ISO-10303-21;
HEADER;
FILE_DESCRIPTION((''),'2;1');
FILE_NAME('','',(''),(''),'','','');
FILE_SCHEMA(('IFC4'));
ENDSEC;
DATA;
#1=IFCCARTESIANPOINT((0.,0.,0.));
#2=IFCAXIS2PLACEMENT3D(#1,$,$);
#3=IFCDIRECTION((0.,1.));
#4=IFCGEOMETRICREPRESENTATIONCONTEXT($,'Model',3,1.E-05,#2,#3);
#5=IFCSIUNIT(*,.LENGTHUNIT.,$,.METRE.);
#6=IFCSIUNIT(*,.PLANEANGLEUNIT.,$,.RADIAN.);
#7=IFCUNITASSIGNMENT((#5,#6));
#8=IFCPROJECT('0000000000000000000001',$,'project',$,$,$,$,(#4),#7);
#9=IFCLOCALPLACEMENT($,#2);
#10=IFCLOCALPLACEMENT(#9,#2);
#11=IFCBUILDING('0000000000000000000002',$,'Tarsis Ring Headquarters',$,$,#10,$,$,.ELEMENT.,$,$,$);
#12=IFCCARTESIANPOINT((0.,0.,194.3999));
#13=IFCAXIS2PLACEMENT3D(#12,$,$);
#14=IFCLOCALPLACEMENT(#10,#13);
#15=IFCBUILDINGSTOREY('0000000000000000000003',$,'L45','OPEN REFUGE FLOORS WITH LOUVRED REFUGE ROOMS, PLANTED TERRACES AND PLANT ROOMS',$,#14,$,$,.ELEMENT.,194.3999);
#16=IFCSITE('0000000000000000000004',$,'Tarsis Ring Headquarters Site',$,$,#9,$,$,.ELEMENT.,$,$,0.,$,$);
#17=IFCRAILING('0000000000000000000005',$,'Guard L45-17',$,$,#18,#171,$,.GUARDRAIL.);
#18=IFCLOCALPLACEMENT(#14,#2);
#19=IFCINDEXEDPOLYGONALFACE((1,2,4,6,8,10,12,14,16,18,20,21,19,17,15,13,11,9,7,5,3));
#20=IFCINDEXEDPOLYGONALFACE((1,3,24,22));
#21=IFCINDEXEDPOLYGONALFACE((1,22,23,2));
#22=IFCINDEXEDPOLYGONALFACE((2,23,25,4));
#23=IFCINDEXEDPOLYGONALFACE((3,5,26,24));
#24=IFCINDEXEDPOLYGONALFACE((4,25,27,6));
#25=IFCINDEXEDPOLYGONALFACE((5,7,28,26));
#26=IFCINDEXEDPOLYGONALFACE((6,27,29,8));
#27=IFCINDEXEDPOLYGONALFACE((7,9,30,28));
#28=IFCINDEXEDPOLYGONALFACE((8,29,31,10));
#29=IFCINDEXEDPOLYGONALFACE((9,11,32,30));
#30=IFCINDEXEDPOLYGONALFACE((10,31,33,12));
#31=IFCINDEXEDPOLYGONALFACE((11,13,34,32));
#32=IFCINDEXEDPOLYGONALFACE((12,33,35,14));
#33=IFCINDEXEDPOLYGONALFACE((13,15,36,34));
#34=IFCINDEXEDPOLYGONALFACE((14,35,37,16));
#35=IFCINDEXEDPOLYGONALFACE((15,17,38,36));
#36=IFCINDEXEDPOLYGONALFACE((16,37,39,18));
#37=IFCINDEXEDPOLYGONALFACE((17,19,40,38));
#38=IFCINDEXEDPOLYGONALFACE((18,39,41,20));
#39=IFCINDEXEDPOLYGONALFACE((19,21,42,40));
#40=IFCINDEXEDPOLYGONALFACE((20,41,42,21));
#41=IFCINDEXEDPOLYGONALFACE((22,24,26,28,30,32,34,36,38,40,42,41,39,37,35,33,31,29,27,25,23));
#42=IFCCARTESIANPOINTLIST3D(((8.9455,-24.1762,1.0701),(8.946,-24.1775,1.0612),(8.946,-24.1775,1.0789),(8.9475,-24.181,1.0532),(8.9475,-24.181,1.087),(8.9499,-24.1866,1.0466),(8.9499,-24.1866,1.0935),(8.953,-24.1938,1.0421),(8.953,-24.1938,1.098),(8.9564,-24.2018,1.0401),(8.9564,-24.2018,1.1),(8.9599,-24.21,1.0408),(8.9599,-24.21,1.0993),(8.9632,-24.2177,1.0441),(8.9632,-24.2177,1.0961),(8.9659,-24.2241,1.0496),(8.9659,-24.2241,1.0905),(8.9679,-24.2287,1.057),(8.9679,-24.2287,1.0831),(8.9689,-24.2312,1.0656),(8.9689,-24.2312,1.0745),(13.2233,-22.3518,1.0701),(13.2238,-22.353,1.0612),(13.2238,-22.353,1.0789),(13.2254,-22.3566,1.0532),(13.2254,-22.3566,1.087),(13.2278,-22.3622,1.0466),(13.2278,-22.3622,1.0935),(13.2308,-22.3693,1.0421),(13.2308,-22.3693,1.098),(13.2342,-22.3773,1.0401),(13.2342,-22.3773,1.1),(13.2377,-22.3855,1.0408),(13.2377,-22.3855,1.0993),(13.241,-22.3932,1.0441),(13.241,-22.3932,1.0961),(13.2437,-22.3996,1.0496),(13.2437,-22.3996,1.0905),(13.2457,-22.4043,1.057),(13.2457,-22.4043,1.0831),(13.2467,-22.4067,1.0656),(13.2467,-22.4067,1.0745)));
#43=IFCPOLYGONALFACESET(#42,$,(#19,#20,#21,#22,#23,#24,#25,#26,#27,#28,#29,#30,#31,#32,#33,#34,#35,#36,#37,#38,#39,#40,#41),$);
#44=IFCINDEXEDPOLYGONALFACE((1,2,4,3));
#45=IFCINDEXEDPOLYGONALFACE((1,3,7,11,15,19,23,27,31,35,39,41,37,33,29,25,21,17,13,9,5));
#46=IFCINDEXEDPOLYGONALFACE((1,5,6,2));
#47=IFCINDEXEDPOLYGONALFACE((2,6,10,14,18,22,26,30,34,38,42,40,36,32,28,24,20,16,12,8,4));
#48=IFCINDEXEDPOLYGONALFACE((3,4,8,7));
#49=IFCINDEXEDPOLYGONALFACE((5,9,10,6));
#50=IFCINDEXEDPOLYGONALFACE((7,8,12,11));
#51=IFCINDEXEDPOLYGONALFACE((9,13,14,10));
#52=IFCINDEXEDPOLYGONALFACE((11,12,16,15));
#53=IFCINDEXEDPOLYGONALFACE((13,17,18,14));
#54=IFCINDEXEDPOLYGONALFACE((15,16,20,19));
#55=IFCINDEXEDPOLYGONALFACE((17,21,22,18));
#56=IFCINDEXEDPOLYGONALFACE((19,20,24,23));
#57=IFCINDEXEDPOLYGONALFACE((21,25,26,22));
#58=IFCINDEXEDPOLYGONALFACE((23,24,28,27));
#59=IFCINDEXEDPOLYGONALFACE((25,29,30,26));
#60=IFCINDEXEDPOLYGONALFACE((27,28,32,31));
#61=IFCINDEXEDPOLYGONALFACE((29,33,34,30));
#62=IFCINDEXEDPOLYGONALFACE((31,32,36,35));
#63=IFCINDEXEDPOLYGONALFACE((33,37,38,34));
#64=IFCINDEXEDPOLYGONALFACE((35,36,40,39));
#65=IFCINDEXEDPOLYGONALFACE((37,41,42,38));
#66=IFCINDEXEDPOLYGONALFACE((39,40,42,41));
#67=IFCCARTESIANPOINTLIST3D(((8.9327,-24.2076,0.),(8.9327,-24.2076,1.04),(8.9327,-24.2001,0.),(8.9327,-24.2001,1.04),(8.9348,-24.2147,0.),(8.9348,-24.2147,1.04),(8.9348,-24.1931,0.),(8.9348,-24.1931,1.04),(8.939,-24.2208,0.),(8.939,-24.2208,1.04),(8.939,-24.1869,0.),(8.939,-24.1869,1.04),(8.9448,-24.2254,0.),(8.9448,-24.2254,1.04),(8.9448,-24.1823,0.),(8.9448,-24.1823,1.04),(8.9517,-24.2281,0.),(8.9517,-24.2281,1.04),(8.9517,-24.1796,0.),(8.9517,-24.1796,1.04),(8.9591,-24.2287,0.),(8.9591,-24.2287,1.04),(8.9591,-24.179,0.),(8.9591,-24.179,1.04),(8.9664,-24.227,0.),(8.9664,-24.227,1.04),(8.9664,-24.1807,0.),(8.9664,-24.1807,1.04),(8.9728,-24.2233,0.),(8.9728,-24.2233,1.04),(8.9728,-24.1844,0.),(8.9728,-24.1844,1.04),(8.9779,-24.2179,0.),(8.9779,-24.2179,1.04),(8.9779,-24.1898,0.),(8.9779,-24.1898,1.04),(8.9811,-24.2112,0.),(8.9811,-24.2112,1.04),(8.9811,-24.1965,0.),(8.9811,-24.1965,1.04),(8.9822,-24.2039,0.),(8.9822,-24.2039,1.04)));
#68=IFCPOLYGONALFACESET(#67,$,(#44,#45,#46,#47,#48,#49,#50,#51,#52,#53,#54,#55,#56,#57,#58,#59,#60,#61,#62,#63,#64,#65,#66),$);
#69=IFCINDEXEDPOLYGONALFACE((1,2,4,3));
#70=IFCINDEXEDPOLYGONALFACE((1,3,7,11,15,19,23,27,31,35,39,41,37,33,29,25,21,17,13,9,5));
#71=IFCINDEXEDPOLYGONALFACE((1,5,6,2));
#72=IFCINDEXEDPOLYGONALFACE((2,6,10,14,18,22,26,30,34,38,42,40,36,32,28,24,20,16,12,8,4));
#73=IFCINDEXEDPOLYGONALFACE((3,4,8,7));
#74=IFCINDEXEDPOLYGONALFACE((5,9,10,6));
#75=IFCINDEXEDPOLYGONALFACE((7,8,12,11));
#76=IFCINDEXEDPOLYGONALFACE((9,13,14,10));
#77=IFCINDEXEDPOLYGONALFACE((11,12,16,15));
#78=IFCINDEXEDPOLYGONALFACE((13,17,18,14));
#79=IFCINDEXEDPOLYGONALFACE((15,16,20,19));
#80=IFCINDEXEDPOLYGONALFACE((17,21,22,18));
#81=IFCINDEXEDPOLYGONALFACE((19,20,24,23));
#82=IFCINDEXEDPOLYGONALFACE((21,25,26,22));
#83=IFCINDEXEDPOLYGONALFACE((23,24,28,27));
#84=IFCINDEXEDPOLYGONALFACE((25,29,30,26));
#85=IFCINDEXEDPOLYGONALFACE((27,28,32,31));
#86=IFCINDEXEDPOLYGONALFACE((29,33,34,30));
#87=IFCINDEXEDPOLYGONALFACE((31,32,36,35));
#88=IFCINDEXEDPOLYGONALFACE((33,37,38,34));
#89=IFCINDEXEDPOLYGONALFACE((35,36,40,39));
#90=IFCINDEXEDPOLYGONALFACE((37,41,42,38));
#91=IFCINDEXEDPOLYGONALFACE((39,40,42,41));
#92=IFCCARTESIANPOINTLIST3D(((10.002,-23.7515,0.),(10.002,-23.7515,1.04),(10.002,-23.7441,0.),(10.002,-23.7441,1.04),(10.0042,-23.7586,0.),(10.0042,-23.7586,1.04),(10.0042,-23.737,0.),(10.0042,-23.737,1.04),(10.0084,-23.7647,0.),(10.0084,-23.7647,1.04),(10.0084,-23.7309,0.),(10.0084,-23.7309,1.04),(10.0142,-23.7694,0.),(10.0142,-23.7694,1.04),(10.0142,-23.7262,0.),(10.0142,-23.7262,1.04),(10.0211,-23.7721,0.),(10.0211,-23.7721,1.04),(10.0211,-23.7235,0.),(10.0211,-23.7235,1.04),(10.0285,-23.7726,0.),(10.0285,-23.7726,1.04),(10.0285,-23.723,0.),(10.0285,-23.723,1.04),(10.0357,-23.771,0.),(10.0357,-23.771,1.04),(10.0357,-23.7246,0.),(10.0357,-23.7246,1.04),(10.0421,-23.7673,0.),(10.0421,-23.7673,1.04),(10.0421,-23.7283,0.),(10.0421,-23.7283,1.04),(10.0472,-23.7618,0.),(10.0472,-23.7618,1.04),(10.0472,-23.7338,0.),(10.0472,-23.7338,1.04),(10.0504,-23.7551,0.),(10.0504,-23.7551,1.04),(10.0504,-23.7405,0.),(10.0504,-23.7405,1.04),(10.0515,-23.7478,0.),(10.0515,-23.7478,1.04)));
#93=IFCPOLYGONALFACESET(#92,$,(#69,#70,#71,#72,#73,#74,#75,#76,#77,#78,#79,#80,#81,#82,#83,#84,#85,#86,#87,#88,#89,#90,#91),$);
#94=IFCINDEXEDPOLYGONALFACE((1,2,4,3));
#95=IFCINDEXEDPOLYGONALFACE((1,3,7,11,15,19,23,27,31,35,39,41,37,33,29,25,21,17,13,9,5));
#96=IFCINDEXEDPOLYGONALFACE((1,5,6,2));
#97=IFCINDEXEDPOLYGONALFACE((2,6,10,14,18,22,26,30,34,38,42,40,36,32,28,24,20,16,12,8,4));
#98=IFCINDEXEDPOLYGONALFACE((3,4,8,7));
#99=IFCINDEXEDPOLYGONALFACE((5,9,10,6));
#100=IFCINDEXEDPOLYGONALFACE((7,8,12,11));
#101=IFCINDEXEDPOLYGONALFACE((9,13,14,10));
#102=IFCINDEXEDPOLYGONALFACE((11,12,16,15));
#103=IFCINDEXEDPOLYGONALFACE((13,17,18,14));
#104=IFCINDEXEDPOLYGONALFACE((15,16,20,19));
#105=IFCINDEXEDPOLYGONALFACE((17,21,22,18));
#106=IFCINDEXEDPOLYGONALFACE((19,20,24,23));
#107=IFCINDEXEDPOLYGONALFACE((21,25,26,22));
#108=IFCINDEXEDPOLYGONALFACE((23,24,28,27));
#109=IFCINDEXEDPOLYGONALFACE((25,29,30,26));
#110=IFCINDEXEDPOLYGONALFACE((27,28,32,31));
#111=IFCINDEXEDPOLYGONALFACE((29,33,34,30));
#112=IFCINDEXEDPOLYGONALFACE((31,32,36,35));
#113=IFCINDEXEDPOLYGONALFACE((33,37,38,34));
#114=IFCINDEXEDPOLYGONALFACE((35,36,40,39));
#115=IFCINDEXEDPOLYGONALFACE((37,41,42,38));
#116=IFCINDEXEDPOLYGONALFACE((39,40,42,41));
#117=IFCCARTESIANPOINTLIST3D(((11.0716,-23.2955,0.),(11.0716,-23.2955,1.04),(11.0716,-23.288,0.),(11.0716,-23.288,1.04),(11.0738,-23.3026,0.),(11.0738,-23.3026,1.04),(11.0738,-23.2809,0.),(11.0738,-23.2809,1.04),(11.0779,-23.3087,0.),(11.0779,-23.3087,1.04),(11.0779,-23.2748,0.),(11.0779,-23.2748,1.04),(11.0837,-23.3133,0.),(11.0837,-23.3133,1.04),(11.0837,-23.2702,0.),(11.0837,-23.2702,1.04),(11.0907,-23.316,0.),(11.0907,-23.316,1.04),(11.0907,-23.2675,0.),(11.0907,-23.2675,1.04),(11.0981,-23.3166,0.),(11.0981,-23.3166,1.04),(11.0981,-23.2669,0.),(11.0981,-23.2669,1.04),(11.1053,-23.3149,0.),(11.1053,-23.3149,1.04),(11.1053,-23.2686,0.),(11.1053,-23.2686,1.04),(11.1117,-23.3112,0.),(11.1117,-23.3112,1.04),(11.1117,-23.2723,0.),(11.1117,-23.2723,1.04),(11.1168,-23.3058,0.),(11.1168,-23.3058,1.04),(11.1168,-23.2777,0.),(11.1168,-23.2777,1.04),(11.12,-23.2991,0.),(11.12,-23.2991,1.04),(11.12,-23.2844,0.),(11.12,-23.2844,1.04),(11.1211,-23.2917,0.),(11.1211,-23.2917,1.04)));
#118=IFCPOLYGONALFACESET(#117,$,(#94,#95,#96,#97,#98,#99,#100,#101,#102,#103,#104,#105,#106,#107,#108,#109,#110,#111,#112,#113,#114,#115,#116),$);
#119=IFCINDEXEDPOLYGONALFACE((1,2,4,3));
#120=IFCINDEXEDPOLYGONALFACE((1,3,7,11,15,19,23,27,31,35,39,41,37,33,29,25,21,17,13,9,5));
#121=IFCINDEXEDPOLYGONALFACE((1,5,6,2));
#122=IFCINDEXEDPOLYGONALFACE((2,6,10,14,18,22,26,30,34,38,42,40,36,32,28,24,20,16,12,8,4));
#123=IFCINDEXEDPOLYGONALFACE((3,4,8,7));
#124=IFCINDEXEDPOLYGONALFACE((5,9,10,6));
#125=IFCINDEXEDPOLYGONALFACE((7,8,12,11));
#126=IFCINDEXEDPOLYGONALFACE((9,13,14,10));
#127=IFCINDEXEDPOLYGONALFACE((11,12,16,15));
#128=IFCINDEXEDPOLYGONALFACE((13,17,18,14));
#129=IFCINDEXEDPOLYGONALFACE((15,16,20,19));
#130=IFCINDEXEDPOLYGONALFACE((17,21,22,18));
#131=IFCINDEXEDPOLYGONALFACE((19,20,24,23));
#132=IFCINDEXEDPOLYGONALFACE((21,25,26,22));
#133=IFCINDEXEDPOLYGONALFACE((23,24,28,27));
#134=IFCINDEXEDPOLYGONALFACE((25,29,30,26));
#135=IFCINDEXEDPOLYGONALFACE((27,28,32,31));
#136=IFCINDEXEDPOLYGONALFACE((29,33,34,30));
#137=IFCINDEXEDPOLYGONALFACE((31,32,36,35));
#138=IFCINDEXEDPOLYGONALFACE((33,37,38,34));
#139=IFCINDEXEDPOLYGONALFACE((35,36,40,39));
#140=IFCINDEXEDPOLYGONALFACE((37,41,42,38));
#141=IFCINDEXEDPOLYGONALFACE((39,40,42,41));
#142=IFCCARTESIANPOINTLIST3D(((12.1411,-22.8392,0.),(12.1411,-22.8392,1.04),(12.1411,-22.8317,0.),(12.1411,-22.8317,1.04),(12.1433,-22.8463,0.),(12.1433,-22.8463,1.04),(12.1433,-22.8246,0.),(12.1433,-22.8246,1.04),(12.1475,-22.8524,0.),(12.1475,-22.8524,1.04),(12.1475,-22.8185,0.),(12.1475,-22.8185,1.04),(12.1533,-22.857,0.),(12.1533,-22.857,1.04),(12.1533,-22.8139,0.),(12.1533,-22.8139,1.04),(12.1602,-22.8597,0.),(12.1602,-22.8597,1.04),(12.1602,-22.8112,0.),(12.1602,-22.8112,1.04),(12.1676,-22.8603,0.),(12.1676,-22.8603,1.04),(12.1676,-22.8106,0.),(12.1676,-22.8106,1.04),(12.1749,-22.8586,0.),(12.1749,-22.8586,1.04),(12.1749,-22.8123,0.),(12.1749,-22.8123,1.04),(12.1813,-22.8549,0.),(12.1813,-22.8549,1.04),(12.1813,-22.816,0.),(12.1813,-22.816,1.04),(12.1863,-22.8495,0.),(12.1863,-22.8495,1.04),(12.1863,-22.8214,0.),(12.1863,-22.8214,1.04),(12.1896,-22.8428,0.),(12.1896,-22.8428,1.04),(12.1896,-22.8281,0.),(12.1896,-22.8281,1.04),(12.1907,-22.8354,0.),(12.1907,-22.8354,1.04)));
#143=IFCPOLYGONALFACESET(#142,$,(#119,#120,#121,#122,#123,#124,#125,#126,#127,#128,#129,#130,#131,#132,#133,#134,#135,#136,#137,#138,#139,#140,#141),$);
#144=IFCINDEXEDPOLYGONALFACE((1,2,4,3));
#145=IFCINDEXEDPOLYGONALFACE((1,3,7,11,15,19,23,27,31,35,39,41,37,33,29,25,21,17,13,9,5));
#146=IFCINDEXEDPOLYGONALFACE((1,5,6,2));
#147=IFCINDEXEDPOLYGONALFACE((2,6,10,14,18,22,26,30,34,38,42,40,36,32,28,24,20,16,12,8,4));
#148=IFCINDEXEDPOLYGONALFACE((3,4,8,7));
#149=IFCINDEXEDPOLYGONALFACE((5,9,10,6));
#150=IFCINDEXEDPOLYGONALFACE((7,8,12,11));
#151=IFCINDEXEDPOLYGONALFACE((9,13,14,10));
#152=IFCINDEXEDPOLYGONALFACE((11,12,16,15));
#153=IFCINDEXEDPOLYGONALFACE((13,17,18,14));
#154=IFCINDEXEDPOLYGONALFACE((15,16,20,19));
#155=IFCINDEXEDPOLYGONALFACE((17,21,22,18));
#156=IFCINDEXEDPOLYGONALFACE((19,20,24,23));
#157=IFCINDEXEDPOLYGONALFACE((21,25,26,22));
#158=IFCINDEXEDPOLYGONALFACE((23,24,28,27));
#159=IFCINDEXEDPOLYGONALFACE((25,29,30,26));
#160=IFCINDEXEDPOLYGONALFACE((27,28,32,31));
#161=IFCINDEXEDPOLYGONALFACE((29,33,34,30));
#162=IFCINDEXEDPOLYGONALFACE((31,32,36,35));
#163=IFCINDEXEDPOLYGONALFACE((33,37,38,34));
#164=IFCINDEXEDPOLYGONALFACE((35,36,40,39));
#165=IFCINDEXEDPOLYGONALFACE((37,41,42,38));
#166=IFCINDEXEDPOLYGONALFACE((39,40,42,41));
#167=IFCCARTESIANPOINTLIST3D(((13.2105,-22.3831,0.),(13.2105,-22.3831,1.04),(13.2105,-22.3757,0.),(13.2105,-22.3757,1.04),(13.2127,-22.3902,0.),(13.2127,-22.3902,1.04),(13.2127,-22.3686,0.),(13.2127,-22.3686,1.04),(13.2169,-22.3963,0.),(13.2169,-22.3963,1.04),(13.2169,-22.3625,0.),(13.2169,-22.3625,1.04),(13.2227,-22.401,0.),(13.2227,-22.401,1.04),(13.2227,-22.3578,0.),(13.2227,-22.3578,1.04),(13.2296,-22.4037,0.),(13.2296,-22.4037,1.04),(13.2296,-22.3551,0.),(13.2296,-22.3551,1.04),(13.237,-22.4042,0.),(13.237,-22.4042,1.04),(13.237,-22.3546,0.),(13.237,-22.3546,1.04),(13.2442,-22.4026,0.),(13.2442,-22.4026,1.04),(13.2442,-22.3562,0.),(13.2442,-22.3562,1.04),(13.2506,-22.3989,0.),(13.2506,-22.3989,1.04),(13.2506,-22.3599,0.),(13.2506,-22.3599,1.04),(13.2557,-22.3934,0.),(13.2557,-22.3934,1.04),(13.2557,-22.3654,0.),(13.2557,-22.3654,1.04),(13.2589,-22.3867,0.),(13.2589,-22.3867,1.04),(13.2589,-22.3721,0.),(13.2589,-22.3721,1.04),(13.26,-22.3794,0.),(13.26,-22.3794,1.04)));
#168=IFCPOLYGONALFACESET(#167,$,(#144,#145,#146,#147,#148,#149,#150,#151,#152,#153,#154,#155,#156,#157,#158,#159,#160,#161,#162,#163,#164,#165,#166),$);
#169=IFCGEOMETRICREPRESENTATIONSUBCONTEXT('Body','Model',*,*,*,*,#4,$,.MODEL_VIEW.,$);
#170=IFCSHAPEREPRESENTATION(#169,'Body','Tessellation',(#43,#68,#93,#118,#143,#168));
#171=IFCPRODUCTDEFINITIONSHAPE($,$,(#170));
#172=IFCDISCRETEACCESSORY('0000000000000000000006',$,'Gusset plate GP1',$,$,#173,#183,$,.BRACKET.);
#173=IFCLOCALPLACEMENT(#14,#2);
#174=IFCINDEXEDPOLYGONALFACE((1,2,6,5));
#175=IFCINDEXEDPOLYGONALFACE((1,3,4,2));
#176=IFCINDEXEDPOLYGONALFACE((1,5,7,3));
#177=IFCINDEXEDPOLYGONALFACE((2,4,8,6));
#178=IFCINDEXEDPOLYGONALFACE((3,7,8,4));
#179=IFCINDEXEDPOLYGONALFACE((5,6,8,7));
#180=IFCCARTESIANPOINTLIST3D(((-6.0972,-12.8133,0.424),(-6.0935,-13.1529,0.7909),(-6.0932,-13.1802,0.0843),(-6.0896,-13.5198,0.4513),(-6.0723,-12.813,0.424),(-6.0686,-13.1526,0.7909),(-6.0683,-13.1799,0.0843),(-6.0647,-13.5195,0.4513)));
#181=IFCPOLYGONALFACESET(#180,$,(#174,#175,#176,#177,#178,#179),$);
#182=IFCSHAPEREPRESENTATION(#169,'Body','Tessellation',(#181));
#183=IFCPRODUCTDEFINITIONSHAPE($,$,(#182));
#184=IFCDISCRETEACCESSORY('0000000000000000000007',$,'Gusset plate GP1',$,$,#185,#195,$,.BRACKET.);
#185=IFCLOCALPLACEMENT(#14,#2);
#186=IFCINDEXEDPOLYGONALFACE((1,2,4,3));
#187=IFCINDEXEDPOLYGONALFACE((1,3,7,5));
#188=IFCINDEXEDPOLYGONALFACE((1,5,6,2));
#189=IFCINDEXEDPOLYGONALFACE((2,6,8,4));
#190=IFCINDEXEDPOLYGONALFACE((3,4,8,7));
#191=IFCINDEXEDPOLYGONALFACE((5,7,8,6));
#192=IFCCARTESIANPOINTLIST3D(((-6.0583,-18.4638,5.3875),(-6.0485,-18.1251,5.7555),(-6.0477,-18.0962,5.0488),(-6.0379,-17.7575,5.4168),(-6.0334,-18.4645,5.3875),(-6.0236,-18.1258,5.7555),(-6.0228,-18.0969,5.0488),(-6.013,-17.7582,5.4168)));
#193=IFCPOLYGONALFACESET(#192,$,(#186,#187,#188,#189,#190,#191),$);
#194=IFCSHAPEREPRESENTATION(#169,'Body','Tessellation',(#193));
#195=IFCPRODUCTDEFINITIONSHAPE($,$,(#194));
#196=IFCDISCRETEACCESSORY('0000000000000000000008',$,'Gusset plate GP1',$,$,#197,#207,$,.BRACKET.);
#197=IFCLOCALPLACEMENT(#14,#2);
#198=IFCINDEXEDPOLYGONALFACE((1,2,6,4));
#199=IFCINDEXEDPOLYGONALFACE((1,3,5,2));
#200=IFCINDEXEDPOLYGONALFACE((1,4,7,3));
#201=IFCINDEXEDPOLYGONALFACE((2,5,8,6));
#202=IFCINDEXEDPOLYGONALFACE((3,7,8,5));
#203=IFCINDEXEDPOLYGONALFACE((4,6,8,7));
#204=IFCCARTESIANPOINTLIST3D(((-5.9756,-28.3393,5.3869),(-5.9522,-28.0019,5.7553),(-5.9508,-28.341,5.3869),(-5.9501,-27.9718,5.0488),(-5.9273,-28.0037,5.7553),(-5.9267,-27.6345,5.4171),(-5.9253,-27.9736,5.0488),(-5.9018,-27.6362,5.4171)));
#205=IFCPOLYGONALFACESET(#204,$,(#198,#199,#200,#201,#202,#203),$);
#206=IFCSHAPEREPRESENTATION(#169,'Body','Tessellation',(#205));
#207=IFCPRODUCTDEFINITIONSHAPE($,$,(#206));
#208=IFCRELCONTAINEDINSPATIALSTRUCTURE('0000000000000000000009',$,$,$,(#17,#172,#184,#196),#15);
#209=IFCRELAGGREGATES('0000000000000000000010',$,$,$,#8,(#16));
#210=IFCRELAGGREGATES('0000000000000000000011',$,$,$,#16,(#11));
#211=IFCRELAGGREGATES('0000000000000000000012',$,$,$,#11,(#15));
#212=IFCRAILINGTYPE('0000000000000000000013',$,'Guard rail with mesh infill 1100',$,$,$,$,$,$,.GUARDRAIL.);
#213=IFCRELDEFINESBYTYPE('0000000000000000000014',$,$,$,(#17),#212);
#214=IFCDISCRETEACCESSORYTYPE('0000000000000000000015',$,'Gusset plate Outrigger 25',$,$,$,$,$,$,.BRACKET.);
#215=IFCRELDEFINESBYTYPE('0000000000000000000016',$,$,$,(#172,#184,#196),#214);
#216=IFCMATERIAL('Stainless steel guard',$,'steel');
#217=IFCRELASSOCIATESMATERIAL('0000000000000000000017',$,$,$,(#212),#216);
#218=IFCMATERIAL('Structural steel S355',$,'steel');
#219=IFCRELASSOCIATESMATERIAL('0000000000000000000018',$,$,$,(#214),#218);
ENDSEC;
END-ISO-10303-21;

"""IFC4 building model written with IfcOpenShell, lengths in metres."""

from ifc_helpers import new_model, si_unit, direction, frame, origin, origin_2d, place, context, subcontext, project, spatial, rectangle, circle, extrude, material, material_profile, profile_set, type_object, element, save


model = new_model("IFC4")

# Units and contexts
model_context = context("Model", 3, precision=1e-05, world=origin(), true_north=direction((0.0, 1.0)))
body_context = subcontext(model_context, "Body", "Model", "MODEL_VIEW")
ifc_project = project(units=[si_unit("LENGTHUNIT", "METRE"), si_unit("PLANEANGLEUNIT", "RADIAN")], contexts=[model_context])

# Site, building, storey
site_placement = place(None, origin())
site = spatial("IfcSite", under=ifc_project, at=site_placement, Name="Tarsis Ring Headquarters Site", CompositionType="ELEMENT", RefElevation=0.0)
building_placement = place(site_placement, origin())
building = spatial("IfcBuilding", under=site, at=building_placement, Name="Tarsis Ring Headquarters", CompositionType="ELEMENT")
storey_placement = place(building_placement, frame((0.0, 0.0, 194.3999)))
storey = spatial("IfcBuildingStorey", under=building, at=storey_placement, Name="L45", Description="OPEN REFUGE FLOORS WITH LOUVRED REFUGE ROOMS, PLANTED TERRACES AND PLANT ROOMS", CompositionType="ELEMENT", Elevation=194.3999)

# Shared definitions
ifc_material_1 = material(Name="Structural steel S355", Category="steel")

# Railing
ifc_material_2 = material(Name="Stainless steel guard", Category="steel")
railing_type = type_object("IfcRailingType", Name="Guard rail with mesh infill 1100", PredefinedType="GUARDRAIL", material=ifc_material_2)
railing_1_placement = place(storey_placement, frame((8.9573, -24.2039, 0.0)))
element("IfcRailing", 1, at=railing_1_placement, inside=storey, type_object=railing_type, Name="Guard L45-17", PredefinedType="GUARDRAIL", context=body_context, shape_type="SweptSolid", body=[
    extrude(circle(Radius=0.03, at=origin_2d()), frame((0.0, 0.0, 1.0701), z_axis=(0.919836, 0.392303, 0.0), x_axis=(-0.392303, 0.919836, 0.0)), (0.0, 0.0, 1.0), 4.6506),
    extrude(circle(Radius=0.0249, at=origin_2d()), origin(), (0.0, 0.0, 1.0), 1.04),
    extrude(circle(Radius=0.0249, at=origin_2d()), frame((1.0693, 0.4561, 0.0)), (0.0, 0.0, 1.0), 1.04),
    extrude(circle(Radius=0.0249, at=origin_2d()), frame((2.1389, 0.9121, 0.0)), (0.0, 0.0, 1.0), 1.04),
    extrude(circle(Radius=0.0249, at=origin_2d()), frame((3.2085, 1.3684, 0.0)), (0.0, 0.0, 1.0), 1.04),
    extrude(circle(Radius=0.0249, at=origin_2d()), frame((4.2778, 1.8245, 0.0)), (0.0, 0.0, 1.0), 1.04),
])

# Discrete accessories
ifc_material_profile_1 = material_profile(ifc_material_1, rectangle(XDim=0.0249, YDim=0.5, at=origin_2d()), Name="PL 25x500")
ifc_profile_set_1 = profile_set([ifc_material_profile_1], Name="Structural steel S355")
discrete_accessory_type_1 = type_object("IfcDiscreteAccessoryType", Name="Gusset plate Outrigger 25", PredefinedType="BRACKET", material=ifc_profile_set_1)
discrete_accessory_1_placement = place(storey_placement, frame((-6.0828, -12.9966, 0.2542), z_axis=(0.007324, -0.679215, 0.733903), x_axis=(0.999942, 0.010783, 0.0)))
element("IfcDiscreteAccessory", 2, at=discrete_accessory_1_placement, inside=storey, type_object=discrete_accessory_type_1, Name="Gusset plate GP1", PredefinedType="BRACKET", context=body_context, shape_type="SweptSolid", body=[
    extrude(rectangle(XDim=0.0249, YDim=0.5, at=origin_2d()), origin(), (0.0, 0.0, 1.0), 0.5),
])
discrete_accessory_2_placement = place(storey_placement, frame((-6.0308, -17.9417, 5.5862), z_axis=(-0.019526, -0.677075, -0.735654), x_axis=(0.999584, -0.028827, 0.0)))
element("IfcDiscreteAccessory", 3, at=discrete_accessory_2_placement, inside=storey, type_object=discrete_accessory_type_1, Name="Gusset plate GP1", PredefinedType="BRACKET", context=body_context, shape_type="SweptSolid", body=[
    extrude(rectangle(XDim=0.0249, YDim=0.5, at=origin_2d()), origin(), (0.0, 0.0, 1.0), 0.5002),
])
discrete_accessory_3_placement = place(storey_placement, frame((-5.927, -27.8191, 5.5862), z_axis=(-0.046864, -0.674651, -0.736648), x_axis=(0.997596, -0.069298, 0.0)))
element("IfcDiscreteAccessory", 4, at=discrete_accessory_3_placement, inside=storey, type_object=discrete_accessory_type_1, Name="Gusset plate GP1", PredefinedType="BRACKET", context=body_context, shape_type="SweptSolid", body=[
    extrude(rectangle(XDim=0.0249, YDim=0.5, at=origin_2d()), origin(), (0.0, 0.0, 1.0), 0.5),
])

save(model, "model.ifc")
